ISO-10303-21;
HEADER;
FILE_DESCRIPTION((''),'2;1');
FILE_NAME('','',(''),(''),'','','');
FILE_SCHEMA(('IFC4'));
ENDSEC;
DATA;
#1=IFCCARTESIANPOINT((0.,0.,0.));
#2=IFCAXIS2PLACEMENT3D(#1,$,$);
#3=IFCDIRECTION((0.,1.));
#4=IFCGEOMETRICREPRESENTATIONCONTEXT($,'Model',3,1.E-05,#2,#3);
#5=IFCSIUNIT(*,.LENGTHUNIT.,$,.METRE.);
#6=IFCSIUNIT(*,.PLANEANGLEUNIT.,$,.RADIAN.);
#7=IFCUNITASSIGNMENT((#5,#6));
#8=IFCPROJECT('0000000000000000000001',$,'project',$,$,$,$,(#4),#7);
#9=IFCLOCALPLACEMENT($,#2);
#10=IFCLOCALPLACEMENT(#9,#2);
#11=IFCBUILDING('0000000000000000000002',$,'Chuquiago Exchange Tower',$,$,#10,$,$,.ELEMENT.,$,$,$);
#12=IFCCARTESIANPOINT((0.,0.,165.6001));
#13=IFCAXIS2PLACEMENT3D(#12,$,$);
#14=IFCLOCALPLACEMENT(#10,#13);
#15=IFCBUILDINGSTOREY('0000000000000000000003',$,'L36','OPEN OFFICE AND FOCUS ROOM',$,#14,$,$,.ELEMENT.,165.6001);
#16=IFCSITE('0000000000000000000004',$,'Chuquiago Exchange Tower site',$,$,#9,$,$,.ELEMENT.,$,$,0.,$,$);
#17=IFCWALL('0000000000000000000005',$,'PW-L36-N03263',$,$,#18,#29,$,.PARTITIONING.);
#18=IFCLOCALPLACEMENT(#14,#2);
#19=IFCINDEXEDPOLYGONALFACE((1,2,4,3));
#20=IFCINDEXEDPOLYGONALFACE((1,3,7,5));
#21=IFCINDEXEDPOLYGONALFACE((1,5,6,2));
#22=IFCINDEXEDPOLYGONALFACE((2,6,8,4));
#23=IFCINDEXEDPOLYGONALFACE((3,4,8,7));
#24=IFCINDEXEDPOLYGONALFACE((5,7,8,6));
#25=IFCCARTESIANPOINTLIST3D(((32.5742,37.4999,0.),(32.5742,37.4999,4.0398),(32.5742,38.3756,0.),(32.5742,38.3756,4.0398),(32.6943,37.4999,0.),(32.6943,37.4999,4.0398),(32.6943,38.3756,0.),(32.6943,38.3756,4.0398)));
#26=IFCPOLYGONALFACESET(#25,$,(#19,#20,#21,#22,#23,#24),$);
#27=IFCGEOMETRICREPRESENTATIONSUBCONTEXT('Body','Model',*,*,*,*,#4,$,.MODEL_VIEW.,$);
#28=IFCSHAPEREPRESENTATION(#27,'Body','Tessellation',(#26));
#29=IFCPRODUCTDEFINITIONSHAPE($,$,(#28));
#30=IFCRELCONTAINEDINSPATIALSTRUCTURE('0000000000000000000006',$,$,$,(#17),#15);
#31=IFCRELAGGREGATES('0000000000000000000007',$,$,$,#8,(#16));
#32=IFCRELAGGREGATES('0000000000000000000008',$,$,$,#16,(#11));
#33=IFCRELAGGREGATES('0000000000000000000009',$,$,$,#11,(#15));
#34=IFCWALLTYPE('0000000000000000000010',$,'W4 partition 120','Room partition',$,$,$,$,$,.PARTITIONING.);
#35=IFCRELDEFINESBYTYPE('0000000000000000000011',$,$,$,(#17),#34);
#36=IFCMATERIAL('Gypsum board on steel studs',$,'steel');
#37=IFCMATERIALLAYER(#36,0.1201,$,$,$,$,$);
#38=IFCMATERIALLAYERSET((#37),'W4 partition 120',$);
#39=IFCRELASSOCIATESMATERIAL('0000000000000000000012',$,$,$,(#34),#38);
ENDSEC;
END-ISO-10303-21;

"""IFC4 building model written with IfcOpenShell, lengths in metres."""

from ifc_helpers import new_model, si_unit, direction, frame, frame_2d, origin, place, context, subcontext, project, spatial, rectangle, extrude, material, layer, layer_set, type_object, element, save


model = new_model("IFC4")

# Units and contexts
model_context = context("Model", 3, precision=1e-05, world=origin(), true_north=direction((0.0, 1.0)))
body_context = subcontext(model_context, "Body", "Model", "MODEL_VIEW")
ifc_project = project(units=[si_unit("LENGTHUNIT", "METRE"), si_unit("PLANEANGLEUNIT", "RADIAN")], contexts=[model_context])

# Site, building, storey
site_placement = place(None, origin())
site = spatial("IfcSite", under=ifc_project, at=site_placement, Name="Chuquiago Exchange Tower site", CompositionType="ELEMENT", RefElevation=0.0)
building_placement = place(site_placement, origin())
building = spatial("IfcBuilding", under=site, at=building_placement, Name="Chuquiago Exchange Tower", CompositionType="ELEMENT")
storey_placement = place(building_placement, frame((0.0, 0.0, 165.6001)))
storey = spatial("IfcBuildingStorey", under=building, at=storey_placement, Name="L36", Description="OPEN OFFICE AND FOCUS ROOM", CompositionType="ELEMENT", Elevation=165.6001)

# Wall
ifc_material_1 = material(Name="Gypsum board on steel studs", Category="steel")
ifc_layer_1 = layer(ifc_material_1, 0.1201)
ifc_layer_set_1 = layer_set([ifc_layer_1], Name="W4 partition 120")
wall_type = type_object("IfcWallType", Name="W4 partition 120", Description="Room partition", PredefinedType="PARTITIONING", material=ifc_layer_set_1)
wall_placement = place(storey_placement, frame((32.6343, 38.3757, 0.0), z_axis=(0.0, 0.0, 1.0), x_axis=(0.0, -1.0, 0.0)))
element("IfcWall", 1, at=wall_placement, inside=storey, type_object=wall_type, Name="PW-L36-N03263", PredefinedType="PARTITIONING", context=body_context, shape_type="SweptSolid", body=[
    extrude(rectangle(XDim=0.8757, YDim=0.1201, at=frame_2d((0.438, 0.0))), origin(), (0.0, 0.0, 1.0), 4.0398),
])

save(model, "model.ifc")
